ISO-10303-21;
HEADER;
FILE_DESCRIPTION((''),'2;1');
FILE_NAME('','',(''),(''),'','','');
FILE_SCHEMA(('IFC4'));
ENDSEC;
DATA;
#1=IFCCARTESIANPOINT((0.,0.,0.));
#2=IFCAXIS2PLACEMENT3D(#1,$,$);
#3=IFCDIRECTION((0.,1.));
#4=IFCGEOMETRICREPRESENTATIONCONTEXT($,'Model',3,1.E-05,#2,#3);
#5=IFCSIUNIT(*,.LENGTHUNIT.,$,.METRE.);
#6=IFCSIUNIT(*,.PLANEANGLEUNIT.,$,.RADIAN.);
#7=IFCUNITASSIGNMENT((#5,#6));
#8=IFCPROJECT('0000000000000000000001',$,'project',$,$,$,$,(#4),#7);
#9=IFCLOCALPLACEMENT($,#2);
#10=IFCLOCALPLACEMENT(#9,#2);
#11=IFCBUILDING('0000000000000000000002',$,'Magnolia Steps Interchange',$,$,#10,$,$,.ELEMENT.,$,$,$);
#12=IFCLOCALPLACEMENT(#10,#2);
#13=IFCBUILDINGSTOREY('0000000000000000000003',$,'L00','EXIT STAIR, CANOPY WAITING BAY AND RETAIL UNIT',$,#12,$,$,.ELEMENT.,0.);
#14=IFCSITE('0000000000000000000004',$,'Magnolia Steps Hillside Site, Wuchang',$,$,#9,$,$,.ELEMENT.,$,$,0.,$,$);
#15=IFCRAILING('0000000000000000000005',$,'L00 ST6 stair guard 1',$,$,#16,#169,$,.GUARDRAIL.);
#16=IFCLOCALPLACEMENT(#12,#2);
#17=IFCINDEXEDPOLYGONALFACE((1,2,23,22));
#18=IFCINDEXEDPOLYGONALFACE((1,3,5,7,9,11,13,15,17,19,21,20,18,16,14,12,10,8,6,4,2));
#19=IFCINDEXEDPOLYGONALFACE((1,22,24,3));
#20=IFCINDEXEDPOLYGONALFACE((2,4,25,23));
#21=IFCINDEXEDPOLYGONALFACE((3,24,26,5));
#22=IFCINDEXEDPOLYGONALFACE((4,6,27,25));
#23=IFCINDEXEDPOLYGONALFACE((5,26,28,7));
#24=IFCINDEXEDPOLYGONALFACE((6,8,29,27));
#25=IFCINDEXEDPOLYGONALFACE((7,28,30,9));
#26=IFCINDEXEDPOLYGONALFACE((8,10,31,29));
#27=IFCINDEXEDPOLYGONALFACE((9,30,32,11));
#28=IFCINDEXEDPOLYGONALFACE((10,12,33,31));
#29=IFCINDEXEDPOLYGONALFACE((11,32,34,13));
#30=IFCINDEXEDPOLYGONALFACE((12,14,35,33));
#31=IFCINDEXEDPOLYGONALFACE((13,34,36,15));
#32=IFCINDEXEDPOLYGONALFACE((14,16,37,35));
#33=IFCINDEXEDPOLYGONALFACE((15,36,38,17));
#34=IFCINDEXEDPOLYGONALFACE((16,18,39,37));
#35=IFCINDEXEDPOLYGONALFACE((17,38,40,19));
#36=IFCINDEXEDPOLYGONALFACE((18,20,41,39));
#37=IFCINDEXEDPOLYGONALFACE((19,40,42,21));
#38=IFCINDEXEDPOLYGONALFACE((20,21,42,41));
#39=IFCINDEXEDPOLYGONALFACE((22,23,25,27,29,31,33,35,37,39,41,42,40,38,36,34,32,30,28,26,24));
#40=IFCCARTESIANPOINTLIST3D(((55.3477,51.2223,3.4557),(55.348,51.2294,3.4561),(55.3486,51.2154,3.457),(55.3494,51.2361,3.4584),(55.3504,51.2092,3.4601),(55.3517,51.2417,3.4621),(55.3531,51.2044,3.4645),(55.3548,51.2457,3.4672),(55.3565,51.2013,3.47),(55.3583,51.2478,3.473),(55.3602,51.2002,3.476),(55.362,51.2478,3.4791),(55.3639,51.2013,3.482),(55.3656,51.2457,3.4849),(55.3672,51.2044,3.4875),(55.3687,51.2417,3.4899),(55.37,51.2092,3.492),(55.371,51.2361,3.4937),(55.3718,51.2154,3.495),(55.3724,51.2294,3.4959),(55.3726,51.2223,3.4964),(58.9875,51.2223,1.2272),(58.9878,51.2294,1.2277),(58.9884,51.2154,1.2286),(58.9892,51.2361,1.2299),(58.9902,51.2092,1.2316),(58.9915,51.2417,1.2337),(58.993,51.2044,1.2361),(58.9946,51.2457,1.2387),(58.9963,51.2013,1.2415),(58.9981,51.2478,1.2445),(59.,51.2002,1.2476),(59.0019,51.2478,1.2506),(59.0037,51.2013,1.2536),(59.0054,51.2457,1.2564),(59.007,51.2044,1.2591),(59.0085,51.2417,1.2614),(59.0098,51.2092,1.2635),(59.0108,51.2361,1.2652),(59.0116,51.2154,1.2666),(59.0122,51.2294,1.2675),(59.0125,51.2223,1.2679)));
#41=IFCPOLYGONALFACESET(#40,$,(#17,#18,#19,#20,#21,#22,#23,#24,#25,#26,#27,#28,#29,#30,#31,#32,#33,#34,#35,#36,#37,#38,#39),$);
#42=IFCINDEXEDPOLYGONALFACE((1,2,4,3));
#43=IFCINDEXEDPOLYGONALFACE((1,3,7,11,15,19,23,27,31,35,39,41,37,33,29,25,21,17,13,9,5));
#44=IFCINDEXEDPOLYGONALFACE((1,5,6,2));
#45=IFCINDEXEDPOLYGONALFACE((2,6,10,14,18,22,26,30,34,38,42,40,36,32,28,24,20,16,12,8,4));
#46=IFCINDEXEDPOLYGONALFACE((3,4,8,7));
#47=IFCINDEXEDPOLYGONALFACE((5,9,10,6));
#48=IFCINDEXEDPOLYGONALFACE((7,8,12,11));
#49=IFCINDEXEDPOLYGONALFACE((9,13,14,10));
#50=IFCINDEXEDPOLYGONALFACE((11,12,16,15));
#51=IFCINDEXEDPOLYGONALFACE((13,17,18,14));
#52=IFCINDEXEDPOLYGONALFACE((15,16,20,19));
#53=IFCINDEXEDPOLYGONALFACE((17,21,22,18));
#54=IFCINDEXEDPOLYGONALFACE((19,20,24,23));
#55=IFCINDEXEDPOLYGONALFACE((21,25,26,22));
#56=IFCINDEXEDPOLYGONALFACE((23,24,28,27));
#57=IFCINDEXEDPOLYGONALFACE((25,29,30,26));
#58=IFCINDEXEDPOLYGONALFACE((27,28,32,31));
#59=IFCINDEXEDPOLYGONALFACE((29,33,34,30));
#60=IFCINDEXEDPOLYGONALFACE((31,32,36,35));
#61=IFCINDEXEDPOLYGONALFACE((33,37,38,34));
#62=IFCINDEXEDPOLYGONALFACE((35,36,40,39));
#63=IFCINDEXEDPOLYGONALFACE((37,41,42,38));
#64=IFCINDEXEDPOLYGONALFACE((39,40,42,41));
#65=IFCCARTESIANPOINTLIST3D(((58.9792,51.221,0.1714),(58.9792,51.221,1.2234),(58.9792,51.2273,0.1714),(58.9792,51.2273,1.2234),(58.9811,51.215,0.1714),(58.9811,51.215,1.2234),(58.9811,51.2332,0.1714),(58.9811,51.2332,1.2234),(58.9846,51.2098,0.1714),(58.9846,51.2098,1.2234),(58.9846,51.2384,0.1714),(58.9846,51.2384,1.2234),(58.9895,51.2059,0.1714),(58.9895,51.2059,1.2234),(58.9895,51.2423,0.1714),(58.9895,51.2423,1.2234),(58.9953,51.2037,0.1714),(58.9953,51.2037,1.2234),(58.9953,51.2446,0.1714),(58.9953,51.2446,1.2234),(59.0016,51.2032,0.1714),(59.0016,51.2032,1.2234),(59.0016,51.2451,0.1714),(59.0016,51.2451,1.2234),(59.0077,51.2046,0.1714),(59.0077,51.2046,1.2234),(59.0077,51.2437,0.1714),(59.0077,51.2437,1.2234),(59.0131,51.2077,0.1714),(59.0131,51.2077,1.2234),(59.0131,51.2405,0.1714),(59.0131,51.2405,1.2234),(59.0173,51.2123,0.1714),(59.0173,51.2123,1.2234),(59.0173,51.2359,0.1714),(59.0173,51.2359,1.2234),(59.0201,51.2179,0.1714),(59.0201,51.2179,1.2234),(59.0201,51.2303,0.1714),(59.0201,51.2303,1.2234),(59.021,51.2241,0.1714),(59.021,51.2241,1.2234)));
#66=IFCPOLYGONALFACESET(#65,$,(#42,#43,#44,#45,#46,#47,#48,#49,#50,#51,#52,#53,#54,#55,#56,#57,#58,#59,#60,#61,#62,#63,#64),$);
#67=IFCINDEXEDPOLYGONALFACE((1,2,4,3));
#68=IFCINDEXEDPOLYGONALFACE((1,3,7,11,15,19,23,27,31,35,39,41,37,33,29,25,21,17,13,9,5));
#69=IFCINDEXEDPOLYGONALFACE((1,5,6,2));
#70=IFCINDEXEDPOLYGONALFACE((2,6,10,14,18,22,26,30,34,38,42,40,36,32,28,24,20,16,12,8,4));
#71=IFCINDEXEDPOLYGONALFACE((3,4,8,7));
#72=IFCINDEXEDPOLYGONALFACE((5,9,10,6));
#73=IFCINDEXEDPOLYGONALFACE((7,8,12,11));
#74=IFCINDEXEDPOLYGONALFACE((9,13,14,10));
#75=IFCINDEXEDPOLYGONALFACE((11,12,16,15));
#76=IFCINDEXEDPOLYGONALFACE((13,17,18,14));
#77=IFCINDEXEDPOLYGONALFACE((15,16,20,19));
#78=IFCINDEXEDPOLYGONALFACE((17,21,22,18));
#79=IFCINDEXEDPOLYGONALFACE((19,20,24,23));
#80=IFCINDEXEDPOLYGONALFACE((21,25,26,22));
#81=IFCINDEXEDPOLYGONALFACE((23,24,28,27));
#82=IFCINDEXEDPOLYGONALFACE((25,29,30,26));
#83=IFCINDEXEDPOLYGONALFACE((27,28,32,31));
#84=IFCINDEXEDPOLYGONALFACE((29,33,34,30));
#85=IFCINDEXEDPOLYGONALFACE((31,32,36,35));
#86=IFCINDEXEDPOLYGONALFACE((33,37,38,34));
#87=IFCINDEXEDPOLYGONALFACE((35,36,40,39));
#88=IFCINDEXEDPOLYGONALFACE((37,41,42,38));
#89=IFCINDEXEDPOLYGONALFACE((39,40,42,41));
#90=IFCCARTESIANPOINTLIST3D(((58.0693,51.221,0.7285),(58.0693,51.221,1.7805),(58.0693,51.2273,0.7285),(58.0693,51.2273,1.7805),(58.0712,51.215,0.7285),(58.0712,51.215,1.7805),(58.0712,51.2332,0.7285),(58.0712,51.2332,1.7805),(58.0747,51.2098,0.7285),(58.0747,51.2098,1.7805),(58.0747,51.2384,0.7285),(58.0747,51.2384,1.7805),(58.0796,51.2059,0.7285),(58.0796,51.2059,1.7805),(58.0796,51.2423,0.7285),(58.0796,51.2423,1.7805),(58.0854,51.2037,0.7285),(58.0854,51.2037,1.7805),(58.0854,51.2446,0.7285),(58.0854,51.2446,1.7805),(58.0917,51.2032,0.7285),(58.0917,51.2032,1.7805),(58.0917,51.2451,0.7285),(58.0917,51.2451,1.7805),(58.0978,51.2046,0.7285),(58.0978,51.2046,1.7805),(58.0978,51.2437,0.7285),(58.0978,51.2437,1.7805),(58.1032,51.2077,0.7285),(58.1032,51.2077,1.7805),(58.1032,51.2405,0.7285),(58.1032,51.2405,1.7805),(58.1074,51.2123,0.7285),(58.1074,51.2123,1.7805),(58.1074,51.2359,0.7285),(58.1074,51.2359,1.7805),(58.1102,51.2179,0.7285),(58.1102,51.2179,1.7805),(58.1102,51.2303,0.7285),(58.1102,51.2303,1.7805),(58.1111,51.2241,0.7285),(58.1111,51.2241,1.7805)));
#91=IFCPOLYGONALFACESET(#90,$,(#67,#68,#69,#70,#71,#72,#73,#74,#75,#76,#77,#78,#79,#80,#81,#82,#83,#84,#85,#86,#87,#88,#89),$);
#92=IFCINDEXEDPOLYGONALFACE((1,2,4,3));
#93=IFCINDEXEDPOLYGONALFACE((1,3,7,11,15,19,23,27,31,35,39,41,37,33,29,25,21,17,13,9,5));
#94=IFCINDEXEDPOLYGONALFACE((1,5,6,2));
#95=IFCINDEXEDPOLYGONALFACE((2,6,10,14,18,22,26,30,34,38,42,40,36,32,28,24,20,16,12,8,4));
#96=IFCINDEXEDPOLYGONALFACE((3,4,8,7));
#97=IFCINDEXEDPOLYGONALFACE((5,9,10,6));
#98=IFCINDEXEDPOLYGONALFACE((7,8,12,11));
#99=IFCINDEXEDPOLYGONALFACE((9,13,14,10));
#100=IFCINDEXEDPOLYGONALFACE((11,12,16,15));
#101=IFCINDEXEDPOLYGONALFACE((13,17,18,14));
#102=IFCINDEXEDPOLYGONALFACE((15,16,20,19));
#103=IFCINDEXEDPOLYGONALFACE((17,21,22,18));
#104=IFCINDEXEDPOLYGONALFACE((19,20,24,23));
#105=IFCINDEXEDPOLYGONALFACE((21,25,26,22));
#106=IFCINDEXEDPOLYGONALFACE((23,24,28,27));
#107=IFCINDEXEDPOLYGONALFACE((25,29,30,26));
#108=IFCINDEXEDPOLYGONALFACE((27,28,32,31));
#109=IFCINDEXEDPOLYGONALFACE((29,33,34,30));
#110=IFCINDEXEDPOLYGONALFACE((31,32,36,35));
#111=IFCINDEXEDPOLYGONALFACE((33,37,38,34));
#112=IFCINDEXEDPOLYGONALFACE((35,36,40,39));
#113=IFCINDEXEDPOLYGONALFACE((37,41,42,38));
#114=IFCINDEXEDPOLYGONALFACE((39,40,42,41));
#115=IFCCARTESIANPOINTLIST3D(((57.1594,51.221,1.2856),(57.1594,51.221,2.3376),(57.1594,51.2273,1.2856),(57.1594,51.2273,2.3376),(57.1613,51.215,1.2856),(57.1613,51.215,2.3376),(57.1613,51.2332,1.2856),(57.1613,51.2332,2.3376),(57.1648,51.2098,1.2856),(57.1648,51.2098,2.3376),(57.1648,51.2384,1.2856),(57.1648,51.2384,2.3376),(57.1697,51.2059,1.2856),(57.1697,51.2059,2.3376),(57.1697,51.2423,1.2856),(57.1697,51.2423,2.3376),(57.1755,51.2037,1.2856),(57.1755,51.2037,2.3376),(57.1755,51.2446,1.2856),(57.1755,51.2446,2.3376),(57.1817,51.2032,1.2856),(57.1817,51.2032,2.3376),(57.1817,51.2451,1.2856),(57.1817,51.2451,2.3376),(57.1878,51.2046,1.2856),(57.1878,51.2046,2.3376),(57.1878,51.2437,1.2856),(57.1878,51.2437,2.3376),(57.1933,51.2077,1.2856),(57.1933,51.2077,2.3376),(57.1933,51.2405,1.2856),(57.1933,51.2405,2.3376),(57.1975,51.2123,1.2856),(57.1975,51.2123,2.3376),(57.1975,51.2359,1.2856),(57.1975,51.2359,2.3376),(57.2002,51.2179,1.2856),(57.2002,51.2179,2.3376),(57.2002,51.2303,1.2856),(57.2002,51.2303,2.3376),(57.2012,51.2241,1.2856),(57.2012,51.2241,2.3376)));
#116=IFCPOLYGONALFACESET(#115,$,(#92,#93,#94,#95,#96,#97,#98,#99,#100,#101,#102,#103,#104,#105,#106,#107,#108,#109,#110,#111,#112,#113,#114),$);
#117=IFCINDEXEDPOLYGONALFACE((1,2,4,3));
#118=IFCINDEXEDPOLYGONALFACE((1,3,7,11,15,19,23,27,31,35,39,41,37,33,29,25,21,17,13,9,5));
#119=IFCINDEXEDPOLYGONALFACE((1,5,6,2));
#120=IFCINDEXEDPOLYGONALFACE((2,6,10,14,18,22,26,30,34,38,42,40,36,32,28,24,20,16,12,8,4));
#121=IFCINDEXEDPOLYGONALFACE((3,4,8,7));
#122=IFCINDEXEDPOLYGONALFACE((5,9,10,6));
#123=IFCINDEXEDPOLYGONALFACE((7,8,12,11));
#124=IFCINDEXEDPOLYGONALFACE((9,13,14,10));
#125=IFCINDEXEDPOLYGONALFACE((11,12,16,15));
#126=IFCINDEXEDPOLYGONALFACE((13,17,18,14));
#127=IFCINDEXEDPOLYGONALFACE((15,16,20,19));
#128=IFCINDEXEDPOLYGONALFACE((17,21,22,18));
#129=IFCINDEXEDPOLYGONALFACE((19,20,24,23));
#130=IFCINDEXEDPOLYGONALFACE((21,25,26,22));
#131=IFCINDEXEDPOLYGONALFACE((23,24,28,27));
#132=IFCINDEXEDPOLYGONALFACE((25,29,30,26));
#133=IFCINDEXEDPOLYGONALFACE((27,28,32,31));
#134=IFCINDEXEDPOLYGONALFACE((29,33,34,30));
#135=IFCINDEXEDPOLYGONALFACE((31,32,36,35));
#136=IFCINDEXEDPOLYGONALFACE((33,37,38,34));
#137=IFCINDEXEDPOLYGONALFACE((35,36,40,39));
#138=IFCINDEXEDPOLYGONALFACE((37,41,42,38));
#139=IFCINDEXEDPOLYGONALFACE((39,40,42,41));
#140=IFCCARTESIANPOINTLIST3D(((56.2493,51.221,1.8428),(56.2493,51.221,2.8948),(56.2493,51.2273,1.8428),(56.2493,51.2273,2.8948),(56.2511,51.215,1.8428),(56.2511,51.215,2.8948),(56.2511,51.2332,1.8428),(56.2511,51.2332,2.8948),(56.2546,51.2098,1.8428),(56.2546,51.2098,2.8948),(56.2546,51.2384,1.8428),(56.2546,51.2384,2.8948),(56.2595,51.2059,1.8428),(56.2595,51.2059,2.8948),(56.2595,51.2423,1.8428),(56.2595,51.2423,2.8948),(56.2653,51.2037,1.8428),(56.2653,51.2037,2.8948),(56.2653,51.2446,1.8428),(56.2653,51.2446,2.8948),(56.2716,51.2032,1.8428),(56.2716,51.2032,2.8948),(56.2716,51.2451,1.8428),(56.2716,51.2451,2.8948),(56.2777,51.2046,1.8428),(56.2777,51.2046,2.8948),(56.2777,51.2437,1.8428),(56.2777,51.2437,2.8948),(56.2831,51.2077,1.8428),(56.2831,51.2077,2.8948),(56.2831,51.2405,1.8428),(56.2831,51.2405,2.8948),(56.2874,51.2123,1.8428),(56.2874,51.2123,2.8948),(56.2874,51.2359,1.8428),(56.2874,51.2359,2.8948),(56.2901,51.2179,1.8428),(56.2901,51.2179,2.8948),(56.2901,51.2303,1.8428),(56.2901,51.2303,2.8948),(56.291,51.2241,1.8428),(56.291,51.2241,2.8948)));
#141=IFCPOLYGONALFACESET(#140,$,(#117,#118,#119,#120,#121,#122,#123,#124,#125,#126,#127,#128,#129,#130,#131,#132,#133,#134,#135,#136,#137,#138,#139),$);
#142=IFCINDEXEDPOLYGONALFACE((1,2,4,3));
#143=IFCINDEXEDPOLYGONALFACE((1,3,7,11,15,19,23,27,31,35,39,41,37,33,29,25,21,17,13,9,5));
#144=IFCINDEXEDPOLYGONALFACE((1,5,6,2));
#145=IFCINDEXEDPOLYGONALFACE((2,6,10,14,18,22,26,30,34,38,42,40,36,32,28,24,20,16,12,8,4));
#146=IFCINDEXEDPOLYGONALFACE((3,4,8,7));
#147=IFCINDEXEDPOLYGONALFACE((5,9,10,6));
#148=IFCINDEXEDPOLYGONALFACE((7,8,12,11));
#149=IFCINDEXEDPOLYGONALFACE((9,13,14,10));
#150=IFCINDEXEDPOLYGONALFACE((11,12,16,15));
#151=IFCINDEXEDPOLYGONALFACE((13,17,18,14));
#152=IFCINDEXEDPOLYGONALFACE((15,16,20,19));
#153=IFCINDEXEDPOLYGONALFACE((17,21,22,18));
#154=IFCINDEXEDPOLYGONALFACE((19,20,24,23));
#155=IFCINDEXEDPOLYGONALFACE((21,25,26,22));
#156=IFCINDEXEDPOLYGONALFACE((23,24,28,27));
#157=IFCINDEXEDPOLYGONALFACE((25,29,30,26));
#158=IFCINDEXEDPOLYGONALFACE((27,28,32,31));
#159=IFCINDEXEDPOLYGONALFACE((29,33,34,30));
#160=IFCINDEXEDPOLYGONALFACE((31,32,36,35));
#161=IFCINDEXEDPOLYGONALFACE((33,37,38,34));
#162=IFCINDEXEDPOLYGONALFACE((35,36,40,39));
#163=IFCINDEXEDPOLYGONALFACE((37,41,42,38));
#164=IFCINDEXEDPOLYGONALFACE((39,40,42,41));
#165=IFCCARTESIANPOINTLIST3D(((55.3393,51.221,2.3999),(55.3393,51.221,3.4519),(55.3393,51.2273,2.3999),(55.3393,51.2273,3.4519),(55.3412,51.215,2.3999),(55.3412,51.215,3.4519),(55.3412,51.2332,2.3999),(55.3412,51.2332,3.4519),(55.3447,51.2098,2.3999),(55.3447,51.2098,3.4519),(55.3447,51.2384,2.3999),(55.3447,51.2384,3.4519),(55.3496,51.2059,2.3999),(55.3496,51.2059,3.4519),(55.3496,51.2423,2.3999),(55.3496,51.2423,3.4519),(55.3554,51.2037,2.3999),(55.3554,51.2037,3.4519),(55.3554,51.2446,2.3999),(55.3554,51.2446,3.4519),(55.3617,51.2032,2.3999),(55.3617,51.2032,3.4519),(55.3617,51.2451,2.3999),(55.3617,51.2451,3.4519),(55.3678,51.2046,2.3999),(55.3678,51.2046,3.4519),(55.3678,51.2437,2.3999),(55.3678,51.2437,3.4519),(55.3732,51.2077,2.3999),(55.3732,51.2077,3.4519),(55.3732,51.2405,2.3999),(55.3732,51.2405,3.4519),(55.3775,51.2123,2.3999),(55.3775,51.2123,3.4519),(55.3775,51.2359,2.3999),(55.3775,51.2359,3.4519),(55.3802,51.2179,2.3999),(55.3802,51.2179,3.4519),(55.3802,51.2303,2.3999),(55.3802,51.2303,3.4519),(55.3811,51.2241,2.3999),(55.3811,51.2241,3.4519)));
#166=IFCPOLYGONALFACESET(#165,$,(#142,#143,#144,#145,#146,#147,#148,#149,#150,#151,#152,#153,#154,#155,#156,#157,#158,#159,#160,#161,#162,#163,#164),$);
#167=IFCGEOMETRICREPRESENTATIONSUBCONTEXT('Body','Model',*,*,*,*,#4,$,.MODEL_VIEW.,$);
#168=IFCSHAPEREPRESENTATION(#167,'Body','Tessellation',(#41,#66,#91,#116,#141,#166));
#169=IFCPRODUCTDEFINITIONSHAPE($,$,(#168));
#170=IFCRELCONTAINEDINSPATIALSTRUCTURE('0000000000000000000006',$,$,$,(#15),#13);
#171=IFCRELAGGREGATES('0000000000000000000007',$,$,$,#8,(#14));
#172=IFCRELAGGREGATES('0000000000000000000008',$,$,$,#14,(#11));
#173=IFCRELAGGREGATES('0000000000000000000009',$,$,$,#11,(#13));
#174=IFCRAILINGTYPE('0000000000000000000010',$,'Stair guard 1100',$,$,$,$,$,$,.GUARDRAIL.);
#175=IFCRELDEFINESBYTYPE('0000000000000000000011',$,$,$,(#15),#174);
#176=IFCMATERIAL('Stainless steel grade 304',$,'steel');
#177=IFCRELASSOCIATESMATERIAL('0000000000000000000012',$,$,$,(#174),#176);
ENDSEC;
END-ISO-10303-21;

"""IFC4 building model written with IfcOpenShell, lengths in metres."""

from ifc_helpers import new_model, si_unit, direction, frame, origin, origin_2d, place, context, subcontext, project, spatial, circle, extrude, material, type_object, element, save


model = new_model("IFC4")

# Units and contexts
model_context = context("Model", 3, precision=1e-05, world=origin(), true_north=direction((0.0, 1.0)))
body_context = subcontext(model_context, "Body", "Model", "MODEL_VIEW")
ifc_project = project(units=[si_unit("LENGTHUNIT", "METRE"), si_unit("PLANEANGLEUNIT", "RADIAN")], contexts=[model_context])

# Site, building, storey
site_placement = place(None, origin())
site = spatial("IfcSite", under=ifc_project, at=site_placement, Name="Magnolia Steps Hillside Site, Wuchang", CompositionType="ELEMENT", RefElevation=0.0)
building_placement = place(site_placement, origin())
building = spatial("IfcBuilding", under=site, at=building_placement, Name="Magnolia Steps Interchange", CompositionType="ELEMENT")
storey_placement = place(building_placement, origin())
storey = spatial("IfcBuildingStorey", under=building, at=storey_placement, Name="L00", Description="EXIT STAIR, CANOPY WAITING BAY AND RETAIL UNIT", CompositionType="ELEMENT", Elevation=0.0)

# Railing
ifc_material_1 = material(Name="Stainless steel grade 304", Category="steel")
railing_type_1 = type_object("IfcRailingType", Name="Stair guard 1100", PredefinedType="GUARDRAIL", material=ifc_material_1)
railing_1_placement = place(storey_placement, frame((59.0, 51.2241, 0.1714)))
element("IfcRailing", 1, at=railing_1_placement, inside=storey, type_object=railing_type_1, Name="L00 ST6 stair guard 1", PredefinedType="GUARDRAIL", context=body_context, shape_type="SweptSolid", body=[
    extrude(circle(Radius=0.0239, at=origin_2d()), frame((0.0, 0.0, 1.0762), z_axis=(-0.85285, 0.0, 0.522156), x_axis=(0.0, -1.0, 0.0)), (0.0, 0.0, 1.0), 4.2678),
    extrude(circle(Radius=0.021, at=origin_2d()), origin(), (0.0, 0.0, 1.0), 1.052),
    extrude(circle(Radius=0.021, at=origin_2d()), frame((-0.9099, 0.0, 0.5571)), (0.0, 0.0, 1.0), 1.052),
    extrude(circle(Radius=0.021, at=origin_2d()), frame((-1.8198, 0.0, 1.1143)), (0.0, 0.0, 1.0), 1.052),
    extrude(circle(Radius=0.021, at=origin_2d()), frame((-2.73, 0.0, 1.6714)), (0.0, 0.0, 1.0), 1.052),
    extrude(circle(Radius=0.021, at=origin_2d()), frame((-3.6399, 0.0, 2.2285)), (0.0, 0.0, 1.0), 1.052),
])

save(model, "model.ifc")
